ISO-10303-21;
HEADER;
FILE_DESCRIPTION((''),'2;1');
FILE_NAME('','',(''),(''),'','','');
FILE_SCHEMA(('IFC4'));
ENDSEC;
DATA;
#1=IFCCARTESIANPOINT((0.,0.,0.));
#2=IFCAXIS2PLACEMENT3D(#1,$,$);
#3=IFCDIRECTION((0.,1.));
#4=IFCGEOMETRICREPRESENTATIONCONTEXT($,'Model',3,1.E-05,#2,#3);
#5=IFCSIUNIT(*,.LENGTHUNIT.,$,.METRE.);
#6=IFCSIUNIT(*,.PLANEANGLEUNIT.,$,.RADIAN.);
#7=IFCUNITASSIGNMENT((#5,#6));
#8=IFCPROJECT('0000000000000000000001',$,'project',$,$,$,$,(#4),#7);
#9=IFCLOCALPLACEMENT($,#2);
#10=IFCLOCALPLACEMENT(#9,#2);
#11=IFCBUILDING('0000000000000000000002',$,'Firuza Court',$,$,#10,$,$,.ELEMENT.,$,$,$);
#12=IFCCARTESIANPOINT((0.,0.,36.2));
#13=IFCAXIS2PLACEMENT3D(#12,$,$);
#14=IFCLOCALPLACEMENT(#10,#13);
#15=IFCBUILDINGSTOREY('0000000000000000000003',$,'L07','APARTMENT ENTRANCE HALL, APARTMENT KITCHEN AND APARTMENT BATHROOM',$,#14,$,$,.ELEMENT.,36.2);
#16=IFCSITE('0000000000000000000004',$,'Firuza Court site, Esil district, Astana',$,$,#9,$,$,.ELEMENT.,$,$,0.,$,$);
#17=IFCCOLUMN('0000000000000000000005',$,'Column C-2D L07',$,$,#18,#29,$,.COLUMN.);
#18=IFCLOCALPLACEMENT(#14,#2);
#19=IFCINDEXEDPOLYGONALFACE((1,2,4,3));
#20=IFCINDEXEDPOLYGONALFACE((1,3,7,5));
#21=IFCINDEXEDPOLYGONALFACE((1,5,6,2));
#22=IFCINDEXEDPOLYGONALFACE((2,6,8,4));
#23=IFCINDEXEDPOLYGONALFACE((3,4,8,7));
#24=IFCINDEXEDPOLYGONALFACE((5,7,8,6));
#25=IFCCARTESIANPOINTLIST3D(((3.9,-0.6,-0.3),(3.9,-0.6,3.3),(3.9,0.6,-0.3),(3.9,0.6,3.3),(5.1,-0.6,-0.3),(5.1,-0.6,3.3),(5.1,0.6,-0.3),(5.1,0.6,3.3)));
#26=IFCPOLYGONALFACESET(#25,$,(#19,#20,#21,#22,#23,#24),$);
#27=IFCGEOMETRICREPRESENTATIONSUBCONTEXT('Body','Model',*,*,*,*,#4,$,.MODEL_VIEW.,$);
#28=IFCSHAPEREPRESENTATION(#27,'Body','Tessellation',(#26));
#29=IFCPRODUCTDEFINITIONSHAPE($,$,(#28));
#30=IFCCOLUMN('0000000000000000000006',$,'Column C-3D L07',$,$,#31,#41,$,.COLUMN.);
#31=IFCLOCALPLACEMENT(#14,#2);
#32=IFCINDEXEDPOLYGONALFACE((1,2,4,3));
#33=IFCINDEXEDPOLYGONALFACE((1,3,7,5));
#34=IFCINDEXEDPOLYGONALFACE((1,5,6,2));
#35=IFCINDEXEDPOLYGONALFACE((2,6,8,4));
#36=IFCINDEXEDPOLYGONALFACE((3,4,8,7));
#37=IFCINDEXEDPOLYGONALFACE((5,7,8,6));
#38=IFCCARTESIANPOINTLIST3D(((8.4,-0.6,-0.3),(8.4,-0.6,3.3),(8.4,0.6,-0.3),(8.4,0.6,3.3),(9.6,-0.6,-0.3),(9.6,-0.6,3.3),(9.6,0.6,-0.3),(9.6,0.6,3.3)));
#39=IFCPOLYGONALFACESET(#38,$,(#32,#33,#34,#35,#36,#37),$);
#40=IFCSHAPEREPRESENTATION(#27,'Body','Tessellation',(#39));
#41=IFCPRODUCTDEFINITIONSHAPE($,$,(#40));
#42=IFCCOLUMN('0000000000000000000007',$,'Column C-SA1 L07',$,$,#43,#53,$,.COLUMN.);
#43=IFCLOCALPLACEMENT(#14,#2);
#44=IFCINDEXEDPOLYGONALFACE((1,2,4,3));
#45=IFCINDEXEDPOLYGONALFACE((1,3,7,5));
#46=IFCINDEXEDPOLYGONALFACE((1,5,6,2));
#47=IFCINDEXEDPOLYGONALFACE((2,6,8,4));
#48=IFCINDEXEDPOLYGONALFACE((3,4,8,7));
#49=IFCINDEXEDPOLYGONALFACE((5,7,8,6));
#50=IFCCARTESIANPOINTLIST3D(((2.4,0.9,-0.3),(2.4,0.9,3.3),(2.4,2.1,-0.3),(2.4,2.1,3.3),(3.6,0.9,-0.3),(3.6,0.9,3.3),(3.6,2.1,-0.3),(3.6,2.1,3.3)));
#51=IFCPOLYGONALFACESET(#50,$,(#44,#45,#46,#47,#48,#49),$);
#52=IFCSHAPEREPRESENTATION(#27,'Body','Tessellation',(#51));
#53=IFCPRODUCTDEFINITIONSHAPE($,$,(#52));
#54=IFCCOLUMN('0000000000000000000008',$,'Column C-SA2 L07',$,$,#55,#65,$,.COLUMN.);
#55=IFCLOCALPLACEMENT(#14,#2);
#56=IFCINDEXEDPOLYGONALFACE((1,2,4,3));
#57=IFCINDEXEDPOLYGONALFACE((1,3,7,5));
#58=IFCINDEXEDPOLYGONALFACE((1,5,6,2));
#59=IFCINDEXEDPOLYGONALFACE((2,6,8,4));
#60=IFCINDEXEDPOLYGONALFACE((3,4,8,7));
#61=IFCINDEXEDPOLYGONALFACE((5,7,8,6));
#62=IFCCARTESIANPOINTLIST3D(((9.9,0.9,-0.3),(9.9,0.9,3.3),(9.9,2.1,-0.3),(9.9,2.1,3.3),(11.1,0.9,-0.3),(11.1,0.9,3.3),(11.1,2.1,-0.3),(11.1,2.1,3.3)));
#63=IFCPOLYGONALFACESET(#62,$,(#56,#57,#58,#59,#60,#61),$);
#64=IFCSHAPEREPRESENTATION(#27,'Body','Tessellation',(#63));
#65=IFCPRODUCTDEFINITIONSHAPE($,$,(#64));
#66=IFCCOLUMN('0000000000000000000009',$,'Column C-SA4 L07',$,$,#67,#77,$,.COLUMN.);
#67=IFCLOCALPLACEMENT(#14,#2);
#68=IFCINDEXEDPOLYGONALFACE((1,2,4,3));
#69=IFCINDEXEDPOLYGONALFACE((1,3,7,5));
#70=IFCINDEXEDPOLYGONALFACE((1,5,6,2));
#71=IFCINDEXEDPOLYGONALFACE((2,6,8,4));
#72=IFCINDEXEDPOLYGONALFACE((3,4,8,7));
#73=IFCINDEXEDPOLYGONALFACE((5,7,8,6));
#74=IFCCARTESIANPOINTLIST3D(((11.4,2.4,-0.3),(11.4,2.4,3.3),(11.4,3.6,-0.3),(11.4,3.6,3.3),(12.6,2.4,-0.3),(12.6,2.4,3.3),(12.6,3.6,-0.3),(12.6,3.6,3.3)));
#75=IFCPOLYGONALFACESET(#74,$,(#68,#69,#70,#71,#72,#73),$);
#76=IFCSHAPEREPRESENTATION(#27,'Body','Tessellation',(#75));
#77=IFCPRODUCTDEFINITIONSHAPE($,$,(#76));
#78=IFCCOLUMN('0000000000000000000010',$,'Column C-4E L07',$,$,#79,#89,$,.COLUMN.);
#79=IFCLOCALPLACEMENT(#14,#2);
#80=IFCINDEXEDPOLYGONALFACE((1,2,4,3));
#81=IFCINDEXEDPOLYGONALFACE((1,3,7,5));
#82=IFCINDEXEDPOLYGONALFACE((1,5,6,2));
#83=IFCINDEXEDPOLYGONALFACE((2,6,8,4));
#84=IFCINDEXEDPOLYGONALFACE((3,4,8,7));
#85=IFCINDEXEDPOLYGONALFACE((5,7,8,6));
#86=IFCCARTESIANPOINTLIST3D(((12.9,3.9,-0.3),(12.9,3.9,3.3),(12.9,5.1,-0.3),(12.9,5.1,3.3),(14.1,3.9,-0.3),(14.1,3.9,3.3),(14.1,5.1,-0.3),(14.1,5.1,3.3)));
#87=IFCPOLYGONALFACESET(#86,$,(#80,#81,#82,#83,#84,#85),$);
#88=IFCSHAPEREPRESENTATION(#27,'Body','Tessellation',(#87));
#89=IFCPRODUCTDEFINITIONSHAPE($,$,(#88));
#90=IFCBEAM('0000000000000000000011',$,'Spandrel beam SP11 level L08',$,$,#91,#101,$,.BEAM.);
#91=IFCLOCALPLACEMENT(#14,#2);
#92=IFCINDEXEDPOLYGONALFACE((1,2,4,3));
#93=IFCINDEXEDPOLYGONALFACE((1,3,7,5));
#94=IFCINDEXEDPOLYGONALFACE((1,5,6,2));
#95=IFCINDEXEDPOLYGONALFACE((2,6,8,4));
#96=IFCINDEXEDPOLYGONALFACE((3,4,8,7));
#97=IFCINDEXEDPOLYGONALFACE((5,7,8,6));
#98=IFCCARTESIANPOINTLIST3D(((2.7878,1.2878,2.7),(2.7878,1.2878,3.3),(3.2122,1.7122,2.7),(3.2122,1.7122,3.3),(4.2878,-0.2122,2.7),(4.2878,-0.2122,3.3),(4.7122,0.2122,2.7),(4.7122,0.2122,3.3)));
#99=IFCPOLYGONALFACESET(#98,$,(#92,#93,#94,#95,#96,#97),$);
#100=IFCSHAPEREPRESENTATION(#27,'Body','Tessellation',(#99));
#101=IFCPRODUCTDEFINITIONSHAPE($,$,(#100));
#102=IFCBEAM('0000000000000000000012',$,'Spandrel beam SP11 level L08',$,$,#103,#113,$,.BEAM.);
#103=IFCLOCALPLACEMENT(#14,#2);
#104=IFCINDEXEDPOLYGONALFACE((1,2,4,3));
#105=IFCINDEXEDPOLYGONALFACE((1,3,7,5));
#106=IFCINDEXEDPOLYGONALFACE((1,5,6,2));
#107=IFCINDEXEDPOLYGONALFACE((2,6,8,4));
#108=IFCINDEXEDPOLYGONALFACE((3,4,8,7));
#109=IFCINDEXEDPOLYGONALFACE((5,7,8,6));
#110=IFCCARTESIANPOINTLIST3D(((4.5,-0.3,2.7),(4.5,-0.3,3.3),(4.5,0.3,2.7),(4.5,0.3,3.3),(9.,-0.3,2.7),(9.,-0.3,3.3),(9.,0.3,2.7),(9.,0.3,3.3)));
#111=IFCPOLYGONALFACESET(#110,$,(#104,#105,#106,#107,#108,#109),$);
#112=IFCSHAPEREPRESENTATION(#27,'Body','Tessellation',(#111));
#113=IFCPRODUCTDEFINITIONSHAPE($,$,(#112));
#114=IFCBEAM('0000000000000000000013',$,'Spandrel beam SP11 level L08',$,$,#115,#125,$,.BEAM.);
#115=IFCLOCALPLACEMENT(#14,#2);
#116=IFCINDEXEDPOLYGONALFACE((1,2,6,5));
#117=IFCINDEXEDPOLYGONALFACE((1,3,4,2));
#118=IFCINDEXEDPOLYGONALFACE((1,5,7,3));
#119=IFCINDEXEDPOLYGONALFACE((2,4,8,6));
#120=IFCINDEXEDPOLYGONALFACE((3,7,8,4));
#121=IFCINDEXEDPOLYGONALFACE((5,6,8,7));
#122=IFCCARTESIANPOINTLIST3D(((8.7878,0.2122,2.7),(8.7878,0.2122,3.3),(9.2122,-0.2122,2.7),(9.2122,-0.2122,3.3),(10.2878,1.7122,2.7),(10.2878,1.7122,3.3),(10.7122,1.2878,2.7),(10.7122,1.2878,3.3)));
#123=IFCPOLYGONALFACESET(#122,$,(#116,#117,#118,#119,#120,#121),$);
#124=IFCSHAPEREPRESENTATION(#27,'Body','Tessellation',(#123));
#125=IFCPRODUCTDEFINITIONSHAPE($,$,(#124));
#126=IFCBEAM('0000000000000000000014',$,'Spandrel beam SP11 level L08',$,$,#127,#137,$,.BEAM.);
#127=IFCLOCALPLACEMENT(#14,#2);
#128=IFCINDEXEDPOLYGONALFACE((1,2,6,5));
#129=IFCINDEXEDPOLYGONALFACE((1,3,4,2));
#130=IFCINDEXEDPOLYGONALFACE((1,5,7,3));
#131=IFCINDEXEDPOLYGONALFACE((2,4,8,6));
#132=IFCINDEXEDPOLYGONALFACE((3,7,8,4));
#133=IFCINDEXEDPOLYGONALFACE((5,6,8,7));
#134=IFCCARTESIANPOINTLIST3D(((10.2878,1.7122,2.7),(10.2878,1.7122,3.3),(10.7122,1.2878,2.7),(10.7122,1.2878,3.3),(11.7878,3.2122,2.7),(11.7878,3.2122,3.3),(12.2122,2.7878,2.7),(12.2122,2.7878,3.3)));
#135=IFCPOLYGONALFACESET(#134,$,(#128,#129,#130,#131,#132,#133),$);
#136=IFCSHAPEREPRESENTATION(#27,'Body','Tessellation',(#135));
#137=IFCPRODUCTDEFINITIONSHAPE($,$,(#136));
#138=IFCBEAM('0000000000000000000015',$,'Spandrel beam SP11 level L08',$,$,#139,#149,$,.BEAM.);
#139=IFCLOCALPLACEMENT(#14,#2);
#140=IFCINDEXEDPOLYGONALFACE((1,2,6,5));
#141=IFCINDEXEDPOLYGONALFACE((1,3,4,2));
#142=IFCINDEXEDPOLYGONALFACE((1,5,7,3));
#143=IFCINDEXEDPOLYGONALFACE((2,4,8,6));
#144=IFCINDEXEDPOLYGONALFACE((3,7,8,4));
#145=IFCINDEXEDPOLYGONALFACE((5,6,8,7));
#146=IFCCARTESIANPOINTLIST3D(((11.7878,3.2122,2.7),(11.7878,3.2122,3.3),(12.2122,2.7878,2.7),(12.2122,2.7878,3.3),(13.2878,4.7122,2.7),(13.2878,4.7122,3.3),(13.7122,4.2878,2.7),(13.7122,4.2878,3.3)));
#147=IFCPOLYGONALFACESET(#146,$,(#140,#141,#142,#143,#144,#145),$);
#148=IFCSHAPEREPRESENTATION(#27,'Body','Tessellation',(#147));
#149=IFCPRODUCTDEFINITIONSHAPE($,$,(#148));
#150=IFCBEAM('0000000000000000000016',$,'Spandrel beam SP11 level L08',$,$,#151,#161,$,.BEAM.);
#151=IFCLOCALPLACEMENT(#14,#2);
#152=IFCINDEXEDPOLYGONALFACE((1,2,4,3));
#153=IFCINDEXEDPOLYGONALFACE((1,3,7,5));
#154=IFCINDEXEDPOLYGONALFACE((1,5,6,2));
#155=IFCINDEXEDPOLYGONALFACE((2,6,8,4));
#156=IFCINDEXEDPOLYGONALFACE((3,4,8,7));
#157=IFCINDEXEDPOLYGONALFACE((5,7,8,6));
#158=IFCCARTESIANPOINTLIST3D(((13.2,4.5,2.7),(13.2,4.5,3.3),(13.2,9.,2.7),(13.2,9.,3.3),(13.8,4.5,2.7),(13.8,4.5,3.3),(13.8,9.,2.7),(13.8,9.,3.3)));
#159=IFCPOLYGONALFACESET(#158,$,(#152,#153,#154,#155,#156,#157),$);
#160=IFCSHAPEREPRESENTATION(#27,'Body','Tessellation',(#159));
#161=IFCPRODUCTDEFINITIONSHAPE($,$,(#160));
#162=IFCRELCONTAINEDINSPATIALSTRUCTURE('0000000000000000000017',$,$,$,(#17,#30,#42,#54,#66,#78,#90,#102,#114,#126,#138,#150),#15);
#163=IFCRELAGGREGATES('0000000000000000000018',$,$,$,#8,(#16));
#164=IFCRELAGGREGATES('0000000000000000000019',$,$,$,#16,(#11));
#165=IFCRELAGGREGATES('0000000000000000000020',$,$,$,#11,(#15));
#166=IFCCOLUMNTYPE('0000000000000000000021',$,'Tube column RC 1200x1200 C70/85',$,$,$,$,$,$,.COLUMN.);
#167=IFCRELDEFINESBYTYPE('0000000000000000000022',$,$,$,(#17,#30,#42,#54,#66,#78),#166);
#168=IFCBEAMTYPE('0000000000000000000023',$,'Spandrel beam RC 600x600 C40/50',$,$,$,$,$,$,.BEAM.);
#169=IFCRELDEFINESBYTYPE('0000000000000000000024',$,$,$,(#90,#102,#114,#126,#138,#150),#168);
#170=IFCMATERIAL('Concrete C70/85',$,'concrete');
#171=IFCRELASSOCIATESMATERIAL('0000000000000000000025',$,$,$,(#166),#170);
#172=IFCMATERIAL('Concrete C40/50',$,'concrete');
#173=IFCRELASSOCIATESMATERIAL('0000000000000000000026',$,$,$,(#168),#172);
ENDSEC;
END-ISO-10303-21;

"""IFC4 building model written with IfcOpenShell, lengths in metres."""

from ifc_helpers import new_model, si_unit, direction, frame, origin, origin_2d, place, context, subcontext, project, spatial, rectangle, extrude, material, material_profile, profile_set, type_object, element, save


model = new_model("IFC4")

# Units and contexts
model_context = context("Model", 3, precision=1e-05, world=origin(), true_north=direction((0.0, 1.0)))
body_context = subcontext(model_context, "Body", "Model", "MODEL_VIEW")
ifc_project = project(units=[si_unit("LENGTHUNIT", "METRE"), si_unit("PLANEANGLEUNIT", "RADIAN")], contexts=[model_context])

# Site, building, storey
site_placement = place(None, origin())
site = spatial("IfcSite", under=ifc_project, at=site_placement, Name="Firuza Court site, Esil district, Astana", CompositionType="ELEMENT", RefElevation=0.0)
building_placement = place(site_placement, origin())
building = spatial("IfcBuilding", under=site, at=building_placement, Name="Firuza Court", CompositionType="ELEMENT")
storey_placement = place(building_placement, frame((0.0, 0.0, 36.2)))
storey = spatial("IfcBuildingStorey", under=building, at=storey_placement, Name="L07", Description="APARTMENT ENTRANCE HALL, APARTMENT KITCHEN AND APARTMENT BATHROOM", CompositionType="ELEMENT", Elevation=36.2)

# Columns
ifc_material_1 = material(Name="Concrete C70/85", Category="concrete")
ifc_material_profile_1 = material_profile(ifc_material_1, rectangle(XDim=1.2, YDim=1.2, at=origin_2d()), Name="RC 1200x1200")
ifc_profile_set_1 = profile_set([ifc_material_profile_1], Name="Concrete C70/85")
column_type = type_object("IfcColumnType", Name="Tube column RC 1200x1200 C70/85", PredefinedType="COLUMN", material=ifc_profile_set_1)
for number, where, z_axis, x_axis, name in (
    (1, (4.5, 0.0, -0.3), (0.0, 0.0, 1.0), (1.0, 0.0, 0.0), "Column C-2D L07"),
    (2, (9.0, 0.0, -0.3), (0.0, 0.0, 1.0), (1.0, 0.0, 0.0), "Column C-3D L07"),
    (3, (3.0, 1.5, -0.3), (0.0, 0.0, 1.0), (1.0, 0.0, 0.0), "Column C-SA1 L07"),
    (4, (10.5, 1.5, -0.3), (0.0, 0.0, 1.0), (1.0, 0.0, 0.0), "Column C-SA2 L07"),
    (5, (12.0, 3.0, -0.3), (0.0, 0.0, 1.0), (1.0, 0.0, 0.0), "Column C-SA4 L07"),
    (6, (13.5, 4.5, -0.3), (0.0, 0.0, 1.0), (1.0, 0.0, 0.0), "Column C-4E L07"),
):
    element("IfcColumn", number, at=place(storey_placement, frame(where, z_axis=z_axis, x_axis=x_axis)), inside=storey, type_object=column_type, Name=name, PredefinedType="COLUMN", context=body_context, shape_type="SweptSolid", body=[
        extrude(rectangle(XDim=1.2, YDim=1.2, at=origin_2d()), origin(), (0.0, 0.0, 1.0), 3.6001),
    ])

# Beams
ifc_material_2 = material(Name="Concrete C40/50", Category="concrete")
ifc_material_profile_2 = material_profile(ifc_material_2, rectangle(XDim=0.6001, YDim=0.6001, at=origin_2d()), Name="RC 600x600")
ifc_profile_set_2 = profile_set([ifc_material_profile_2], Name="Concrete C40/50")
beam_type = type_object("IfcBeamType", Name="Spandrel beam RC 600x600 C40/50", PredefinedType="BEAM", material=ifc_profile_set_2)
beam_1_placement = place(storey_placement, frame((3.0, 1.5, 3.0), z_axis=(0.707107, -0.707107, 0.0), x_axis=(0.707107, 0.707107, 0.0)))
element("IfcBeam", 7, at=beam_1_placement, inside=storey, type_object=beam_type, Name="Spandrel beam SP11 level L08", PredefinedType="BEAM", context=body_context, shape_type="SweptSolid", body=[
    extrude(rectangle(XDim=0.6001, YDim=0.6001, at=origin_2d()), origin(), (0.0, 0.0, 1.0), 2.1213),
])
beam_2_placement = place(storey_placement, frame((4.5, 0.0, 3.0), z_axis=(1.0, 0.0, 0.0), x_axis=(0.0, 1.0, 0.0)))
element("IfcBeam", 8, at=beam_2_placement, inside=storey, type_object=beam_type, Name="Spandrel beam SP11 level L08", PredefinedType="BEAM", context=body_context, shape_type="SweptSolid", body=[
    extrude(rectangle(XDim=0.6001, YDim=0.6001, at=origin_2d()), origin(), (0.0, 0.0, 1.0), 4.5),
])
for number, where, z_axis, x_axis, name in (
    (9, (9.0, 0.0, 3.0), (0.707107, 0.707107, 0.0), (-0.707107, 0.707107, 0.0), "Spandrel beam SP11 level L08"),
    (10, (10.5, 1.5, 3.0), (0.707107, 0.707107, 0.0), (-0.707107, 0.707107, 0.0), "Spandrel beam SP11 level L08"),
    (11, (12.0, 3.0, 3.0), (0.707107, 0.707107, 0.0), (-0.707107, 0.707107, 0.0), "Spandrel beam SP11 level L08"),
):
    element("IfcBeam", number, at=place(storey_placement, frame(where, z_axis=z_axis, x_axis=x_axis)), inside=storey, type_object=beam_type, Name=name, PredefinedType="BEAM", context=body_context, shape_type="SweptSolid", body=[
        extrude(rectangle(XDim=0.6001, YDim=0.6001, at=origin_2d()), origin(), (0.0, 0.0, 1.0), 2.1213),
    ])
beam_3_placement = place(storey_placement, frame((13.5, 4.5, 3.0), z_axis=(0.0, 1.0, 0.0), x_axis=(-1.0, 0.0, 0.0)))
element("IfcBeam", 12, at=beam_3_placement, inside=storey, type_object=beam_type, Name="Spandrel beam SP11 level L08", PredefinedType="BEAM", context=body_context, shape_type="SweptSolid", body=[
    extrude(rectangle(XDim=0.6001, YDim=0.6001, at=origin_2d()), origin(), (0.0, 0.0, 1.0), 4.5),
])

save(model, "model.ifc")
